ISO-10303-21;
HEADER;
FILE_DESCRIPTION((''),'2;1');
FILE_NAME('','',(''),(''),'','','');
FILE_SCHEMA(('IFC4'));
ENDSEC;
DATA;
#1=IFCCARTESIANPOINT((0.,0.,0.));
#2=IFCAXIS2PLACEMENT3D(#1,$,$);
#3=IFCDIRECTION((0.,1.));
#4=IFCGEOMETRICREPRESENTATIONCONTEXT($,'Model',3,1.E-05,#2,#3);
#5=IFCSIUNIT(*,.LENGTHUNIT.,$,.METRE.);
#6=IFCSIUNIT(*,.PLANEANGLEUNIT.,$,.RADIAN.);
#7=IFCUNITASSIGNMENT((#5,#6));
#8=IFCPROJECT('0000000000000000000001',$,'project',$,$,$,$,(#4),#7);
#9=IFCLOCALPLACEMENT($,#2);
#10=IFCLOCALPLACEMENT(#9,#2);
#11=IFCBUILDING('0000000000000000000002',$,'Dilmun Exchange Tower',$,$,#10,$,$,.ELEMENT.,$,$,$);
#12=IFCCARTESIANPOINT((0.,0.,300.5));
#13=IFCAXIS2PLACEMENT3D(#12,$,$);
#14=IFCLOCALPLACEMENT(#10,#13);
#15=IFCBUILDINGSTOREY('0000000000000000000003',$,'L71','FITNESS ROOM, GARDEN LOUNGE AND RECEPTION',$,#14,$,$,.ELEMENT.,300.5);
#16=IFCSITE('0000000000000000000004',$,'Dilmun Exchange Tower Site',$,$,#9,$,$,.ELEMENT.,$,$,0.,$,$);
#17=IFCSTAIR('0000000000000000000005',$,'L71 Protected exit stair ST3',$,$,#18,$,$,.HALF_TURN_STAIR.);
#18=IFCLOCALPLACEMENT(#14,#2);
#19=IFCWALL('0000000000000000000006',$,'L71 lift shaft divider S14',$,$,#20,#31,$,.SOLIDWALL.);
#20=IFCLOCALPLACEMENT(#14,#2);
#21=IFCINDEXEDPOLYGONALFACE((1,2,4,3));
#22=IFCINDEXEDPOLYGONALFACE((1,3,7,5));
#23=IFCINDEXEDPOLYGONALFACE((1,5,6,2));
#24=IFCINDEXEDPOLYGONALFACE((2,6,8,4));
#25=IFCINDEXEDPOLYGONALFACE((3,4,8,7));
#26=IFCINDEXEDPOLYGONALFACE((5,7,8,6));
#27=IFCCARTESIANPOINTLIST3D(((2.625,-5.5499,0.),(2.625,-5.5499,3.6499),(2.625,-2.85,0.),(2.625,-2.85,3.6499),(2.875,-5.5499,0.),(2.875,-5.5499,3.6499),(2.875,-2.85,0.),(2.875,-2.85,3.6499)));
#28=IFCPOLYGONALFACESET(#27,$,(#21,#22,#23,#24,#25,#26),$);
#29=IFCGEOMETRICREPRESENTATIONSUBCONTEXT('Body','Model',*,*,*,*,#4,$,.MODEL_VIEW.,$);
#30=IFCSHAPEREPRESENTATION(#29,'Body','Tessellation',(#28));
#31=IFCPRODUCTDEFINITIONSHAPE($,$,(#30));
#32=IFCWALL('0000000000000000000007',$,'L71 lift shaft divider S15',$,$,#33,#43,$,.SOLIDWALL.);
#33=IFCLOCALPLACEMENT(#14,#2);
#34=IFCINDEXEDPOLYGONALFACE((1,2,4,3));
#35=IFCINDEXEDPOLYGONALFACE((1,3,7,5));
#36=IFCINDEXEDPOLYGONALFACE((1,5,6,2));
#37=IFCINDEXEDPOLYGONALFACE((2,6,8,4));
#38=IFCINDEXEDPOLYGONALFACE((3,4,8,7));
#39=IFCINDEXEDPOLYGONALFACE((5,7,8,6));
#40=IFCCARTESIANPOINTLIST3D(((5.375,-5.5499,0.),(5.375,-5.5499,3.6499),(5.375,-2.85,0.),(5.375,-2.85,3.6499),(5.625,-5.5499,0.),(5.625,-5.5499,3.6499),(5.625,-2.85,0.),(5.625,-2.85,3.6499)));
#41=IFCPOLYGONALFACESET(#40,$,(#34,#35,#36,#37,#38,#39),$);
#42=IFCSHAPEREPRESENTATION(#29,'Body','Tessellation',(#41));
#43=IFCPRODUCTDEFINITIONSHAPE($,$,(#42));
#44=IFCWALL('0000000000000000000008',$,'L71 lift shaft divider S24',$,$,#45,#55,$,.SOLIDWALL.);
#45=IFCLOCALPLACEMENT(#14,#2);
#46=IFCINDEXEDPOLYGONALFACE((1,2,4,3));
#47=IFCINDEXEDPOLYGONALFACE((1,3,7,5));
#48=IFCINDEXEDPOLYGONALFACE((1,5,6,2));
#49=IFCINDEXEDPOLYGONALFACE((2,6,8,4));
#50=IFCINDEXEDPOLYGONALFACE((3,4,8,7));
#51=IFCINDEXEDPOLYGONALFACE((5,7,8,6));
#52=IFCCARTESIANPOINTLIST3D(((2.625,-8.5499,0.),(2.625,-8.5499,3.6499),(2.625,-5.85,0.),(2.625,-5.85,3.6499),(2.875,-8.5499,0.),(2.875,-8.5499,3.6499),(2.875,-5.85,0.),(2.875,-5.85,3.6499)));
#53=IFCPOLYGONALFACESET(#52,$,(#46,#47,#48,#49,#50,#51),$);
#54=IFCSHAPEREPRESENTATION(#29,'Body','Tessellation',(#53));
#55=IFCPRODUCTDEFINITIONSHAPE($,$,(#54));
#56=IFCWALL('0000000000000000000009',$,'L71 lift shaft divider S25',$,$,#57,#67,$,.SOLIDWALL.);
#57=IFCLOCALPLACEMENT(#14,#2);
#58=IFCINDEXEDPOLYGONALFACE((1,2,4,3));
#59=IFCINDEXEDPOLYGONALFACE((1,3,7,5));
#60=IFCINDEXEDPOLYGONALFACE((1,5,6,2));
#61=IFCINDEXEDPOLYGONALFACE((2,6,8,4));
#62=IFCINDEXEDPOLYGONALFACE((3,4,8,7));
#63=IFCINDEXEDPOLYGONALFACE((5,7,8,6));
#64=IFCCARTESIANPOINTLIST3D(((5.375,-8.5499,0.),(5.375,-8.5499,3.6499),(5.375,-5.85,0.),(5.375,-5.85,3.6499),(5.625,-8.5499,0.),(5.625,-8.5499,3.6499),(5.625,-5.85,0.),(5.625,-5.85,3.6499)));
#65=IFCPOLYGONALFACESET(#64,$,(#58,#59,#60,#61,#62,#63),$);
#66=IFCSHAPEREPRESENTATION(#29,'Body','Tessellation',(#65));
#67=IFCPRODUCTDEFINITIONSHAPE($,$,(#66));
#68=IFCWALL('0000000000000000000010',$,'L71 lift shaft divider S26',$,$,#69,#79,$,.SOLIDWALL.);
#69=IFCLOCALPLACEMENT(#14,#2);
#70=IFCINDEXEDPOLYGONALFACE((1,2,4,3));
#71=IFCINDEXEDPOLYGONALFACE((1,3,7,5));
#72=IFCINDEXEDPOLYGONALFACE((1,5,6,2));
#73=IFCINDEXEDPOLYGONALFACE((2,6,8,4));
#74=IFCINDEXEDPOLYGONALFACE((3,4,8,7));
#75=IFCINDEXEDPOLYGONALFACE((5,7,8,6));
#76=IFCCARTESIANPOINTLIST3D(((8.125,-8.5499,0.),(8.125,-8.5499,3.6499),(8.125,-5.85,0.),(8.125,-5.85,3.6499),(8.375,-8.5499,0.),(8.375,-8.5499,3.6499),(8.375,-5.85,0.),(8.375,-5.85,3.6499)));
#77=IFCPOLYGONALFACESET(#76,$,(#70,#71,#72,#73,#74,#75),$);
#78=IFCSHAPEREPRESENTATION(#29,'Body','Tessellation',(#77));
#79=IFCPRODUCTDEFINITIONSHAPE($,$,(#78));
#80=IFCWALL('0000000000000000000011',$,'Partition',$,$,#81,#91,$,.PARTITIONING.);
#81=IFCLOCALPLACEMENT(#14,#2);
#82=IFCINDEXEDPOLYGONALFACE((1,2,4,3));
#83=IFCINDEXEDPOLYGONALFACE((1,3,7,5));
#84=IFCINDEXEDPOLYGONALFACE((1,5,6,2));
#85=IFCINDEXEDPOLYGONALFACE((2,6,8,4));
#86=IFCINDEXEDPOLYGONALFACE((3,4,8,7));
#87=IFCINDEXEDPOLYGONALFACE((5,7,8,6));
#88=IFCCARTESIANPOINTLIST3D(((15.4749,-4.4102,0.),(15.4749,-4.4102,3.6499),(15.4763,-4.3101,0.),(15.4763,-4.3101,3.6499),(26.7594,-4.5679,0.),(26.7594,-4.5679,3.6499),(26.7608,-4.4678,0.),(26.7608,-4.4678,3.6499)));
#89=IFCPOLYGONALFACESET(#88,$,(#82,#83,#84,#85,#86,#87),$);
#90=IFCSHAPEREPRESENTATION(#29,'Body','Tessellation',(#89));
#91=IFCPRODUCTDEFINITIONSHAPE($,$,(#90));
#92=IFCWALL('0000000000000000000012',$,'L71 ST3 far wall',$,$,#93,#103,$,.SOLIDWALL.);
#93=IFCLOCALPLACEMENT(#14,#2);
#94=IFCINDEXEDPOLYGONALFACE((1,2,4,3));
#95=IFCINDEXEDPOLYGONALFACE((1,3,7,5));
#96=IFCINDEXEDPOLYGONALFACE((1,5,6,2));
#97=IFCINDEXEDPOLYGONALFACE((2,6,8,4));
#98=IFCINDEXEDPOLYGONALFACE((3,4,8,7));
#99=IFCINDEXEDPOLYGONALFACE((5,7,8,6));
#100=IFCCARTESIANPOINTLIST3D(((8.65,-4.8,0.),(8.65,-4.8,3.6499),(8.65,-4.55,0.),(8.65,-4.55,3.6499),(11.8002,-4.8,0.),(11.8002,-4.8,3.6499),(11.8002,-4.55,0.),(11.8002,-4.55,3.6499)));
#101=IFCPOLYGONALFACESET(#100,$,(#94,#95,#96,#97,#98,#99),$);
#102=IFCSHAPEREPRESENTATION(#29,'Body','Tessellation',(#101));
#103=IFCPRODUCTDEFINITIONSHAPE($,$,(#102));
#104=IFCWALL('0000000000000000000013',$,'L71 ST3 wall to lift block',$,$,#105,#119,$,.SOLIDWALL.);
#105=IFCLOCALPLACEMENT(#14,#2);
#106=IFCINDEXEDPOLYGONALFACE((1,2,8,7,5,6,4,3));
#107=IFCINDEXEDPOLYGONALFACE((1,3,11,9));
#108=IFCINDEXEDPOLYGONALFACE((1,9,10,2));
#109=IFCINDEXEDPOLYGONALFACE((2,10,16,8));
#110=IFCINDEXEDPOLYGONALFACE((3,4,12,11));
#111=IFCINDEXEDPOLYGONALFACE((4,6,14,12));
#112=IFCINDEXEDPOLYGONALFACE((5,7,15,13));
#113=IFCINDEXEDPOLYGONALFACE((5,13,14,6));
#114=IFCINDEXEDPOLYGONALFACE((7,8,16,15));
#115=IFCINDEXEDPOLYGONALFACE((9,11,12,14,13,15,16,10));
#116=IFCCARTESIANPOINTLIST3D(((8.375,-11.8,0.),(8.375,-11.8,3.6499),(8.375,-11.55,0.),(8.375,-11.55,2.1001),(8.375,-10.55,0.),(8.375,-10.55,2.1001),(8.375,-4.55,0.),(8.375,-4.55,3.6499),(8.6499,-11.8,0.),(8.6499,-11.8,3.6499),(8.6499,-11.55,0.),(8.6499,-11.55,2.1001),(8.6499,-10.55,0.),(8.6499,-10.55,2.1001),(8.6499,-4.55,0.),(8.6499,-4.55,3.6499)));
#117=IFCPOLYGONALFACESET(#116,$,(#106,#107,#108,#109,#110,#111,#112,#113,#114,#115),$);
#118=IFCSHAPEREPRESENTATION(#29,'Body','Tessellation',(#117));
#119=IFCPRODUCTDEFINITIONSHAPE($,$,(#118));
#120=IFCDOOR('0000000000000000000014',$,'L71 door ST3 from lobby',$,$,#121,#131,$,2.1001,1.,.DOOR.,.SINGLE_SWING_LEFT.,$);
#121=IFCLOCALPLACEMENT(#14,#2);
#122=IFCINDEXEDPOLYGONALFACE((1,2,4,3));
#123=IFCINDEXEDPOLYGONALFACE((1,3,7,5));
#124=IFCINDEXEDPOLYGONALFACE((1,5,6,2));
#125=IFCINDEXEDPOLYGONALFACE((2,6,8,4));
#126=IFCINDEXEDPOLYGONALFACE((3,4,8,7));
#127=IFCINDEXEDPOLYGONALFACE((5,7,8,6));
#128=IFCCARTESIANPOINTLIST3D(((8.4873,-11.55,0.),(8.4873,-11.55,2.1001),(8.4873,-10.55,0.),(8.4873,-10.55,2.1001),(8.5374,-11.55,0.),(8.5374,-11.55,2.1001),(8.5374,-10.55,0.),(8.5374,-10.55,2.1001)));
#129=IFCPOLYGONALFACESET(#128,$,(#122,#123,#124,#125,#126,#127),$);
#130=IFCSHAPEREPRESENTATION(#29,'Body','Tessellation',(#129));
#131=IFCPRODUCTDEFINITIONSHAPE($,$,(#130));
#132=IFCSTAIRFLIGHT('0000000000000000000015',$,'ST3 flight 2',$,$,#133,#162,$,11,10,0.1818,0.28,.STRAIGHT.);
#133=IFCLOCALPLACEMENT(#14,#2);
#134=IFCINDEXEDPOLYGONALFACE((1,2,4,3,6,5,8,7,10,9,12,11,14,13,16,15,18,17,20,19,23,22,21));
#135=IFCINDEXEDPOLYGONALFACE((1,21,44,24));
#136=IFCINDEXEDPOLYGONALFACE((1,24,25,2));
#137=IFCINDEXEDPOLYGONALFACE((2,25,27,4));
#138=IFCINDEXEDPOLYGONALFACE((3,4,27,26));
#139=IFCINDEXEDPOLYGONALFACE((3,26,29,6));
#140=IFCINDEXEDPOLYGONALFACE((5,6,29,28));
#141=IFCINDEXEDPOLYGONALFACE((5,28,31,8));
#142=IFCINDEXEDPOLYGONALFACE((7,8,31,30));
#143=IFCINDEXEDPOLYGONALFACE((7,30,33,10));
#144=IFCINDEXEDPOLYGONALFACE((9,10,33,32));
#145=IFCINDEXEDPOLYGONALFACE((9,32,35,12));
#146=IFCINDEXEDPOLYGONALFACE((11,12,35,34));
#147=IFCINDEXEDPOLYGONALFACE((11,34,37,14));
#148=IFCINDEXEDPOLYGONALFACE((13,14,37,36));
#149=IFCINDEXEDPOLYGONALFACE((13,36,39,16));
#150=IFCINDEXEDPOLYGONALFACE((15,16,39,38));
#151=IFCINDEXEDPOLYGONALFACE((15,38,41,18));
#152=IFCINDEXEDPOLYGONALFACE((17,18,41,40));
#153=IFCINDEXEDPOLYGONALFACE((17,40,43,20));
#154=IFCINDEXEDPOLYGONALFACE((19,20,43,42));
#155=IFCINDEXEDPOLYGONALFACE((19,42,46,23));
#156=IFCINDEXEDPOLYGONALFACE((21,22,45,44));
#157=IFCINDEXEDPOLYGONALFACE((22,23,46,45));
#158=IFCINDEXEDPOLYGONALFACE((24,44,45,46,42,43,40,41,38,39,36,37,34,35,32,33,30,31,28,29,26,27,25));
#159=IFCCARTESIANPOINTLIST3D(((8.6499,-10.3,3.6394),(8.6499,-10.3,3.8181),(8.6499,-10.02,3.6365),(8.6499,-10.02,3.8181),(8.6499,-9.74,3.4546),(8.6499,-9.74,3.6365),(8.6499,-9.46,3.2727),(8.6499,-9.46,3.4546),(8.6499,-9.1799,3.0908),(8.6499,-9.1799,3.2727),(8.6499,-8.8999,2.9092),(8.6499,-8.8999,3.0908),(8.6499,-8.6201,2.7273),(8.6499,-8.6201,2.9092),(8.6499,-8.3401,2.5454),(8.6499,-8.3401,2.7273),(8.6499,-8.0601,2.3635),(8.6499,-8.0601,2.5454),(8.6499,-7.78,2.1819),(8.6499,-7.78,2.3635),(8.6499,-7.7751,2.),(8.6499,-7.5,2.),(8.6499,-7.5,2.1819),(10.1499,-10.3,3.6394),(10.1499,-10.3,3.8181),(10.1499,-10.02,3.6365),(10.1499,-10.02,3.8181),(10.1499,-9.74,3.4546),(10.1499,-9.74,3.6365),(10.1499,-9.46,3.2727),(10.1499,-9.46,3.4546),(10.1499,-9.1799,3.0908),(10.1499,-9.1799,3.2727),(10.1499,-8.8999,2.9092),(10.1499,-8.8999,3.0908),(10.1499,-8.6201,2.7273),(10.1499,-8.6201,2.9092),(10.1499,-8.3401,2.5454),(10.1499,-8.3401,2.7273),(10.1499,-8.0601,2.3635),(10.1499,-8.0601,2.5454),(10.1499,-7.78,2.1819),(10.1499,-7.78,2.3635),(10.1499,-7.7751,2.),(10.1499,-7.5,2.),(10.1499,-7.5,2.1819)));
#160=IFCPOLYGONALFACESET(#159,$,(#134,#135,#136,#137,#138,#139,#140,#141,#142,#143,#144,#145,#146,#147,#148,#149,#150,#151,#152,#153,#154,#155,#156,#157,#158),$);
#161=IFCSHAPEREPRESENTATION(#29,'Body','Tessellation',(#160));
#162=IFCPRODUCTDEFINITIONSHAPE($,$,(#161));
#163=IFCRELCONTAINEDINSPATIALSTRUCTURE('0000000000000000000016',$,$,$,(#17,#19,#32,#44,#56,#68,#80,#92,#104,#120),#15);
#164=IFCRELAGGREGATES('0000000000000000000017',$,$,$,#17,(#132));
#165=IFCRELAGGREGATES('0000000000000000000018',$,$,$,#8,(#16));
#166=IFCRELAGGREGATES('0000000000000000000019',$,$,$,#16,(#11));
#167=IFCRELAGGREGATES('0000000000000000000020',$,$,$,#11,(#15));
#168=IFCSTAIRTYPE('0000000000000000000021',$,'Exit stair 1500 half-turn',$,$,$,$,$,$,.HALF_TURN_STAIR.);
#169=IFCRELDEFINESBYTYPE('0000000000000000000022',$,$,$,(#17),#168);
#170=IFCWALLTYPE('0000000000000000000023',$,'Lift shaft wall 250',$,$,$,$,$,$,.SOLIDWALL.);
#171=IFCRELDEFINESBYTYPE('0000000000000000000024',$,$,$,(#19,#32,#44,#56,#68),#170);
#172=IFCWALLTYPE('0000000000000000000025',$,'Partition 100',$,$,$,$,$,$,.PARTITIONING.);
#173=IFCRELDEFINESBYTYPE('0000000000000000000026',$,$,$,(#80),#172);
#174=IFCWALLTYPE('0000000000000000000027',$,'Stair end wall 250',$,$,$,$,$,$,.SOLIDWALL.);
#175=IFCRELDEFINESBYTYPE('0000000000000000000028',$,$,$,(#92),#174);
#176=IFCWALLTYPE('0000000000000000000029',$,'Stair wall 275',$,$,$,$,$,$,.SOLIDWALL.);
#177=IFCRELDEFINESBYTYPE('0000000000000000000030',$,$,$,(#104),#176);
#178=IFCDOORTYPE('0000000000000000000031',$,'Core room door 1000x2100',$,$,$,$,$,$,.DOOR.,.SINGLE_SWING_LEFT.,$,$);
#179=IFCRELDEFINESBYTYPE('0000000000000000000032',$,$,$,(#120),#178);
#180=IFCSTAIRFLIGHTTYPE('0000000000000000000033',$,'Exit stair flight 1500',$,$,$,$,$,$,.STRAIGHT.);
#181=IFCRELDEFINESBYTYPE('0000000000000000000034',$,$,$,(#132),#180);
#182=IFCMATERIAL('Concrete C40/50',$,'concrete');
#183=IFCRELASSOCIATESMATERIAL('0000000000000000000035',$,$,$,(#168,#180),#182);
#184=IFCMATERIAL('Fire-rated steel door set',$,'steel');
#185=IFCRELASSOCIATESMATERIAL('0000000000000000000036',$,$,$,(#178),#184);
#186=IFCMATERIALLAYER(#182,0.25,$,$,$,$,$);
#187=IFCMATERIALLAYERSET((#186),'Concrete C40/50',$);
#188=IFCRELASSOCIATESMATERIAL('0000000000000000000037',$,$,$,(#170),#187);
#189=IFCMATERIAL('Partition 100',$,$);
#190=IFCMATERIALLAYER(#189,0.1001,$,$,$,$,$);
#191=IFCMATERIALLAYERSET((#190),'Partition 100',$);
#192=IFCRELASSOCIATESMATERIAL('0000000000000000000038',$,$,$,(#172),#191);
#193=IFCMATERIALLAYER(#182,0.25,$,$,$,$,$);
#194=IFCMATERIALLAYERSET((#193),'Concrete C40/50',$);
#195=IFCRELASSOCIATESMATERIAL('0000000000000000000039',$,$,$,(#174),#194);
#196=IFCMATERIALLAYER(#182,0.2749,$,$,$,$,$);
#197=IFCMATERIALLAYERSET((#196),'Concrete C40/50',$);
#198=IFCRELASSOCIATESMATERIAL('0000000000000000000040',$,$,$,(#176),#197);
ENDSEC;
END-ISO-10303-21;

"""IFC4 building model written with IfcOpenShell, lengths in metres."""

from ifc_helpers import new_model, si_unit, direction, frame, frame_2d, origin, place, context, subcontext, project, spatial, polyline, rectangle, outline, extrude, material, layer, layer_set, type_object, element, fill, aggregate, save


model = new_model("IFC4")

# Units and contexts
model_context = context("Model", 3, precision=1e-05, world=origin(), true_north=direction((0.0, 1.0)))
body_context = subcontext(model_context, "Body", "Model", "MODEL_VIEW")
ifc_project = project(units=[si_unit("LENGTHUNIT", "METRE"), si_unit("PLANEANGLEUNIT", "RADIAN")], contexts=[model_context])

# Site, building, storey
site_placement = place(None, origin())
site = spatial("IfcSite", under=ifc_project, at=site_placement, Name="Dilmun Exchange Tower Site", CompositionType="ELEMENT", RefElevation=0.0)
building_placement = place(site_placement, origin())
building = spatial("IfcBuilding", under=site, at=building_placement, Name="Dilmun Exchange Tower", CompositionType="ELEMENT")
storey_placement = place(building_placement, frame((0.0, 0.0, 300.5)))
storey = spatial("IfcBuildingStorey", under=building, at=storey_placement, Name="L71", Description="FITNESS ROOM, GARDEN LOUNGE AND RECEPTION", CompositionType="ELEMENT", Elevation=300.5)

# Shared definitions
ifc_material_1 = material(Name="Concrete C40/50", Category="concrete")

# Stair
stair_type = type_object("IfcStairType", Name="Exit stair 1500 half-turn", PredefinedType="HALF_TURN_STAIR", material=ifc_material_1)
stair_1_placement = place(storey_placement, origin())
stair_1 = element("IfcStair", 1, at=stair_1_placement, inside=storey, type_object=stair_type, Name="L71 Protected exit stair ST3", PredefinedType="HALF_TURN_STAIR")

# Shared definitions
ifc_material_2 = material(Name="Fire-rated steel door set", Category="steel")
door_type_1 = type_object("IfcDoorType", Name="Core room door 1000x2100", OperationType="SINGLE_SWING_LEFT", PredefinedType="DOOR", material=ifc_material_2)

# Walls
ifc_layer_1 = layer(ifc_material_1, 0.25)
ifc_layer_set_1 = layer_set([ifc_layer_1], Name="Concrete C40/50")
wall_type_1 = type_object("IfcWallType", Name="Lift shaft wall 250", PredefinedType="SOLIDWALL", material=ifc_layer_set_1)
for number, where, z_axis, x_axis, name in (
    (2, (2.75, -5.55, 0.0), (0.0, 0.0, 1.0), (0.0, 1.0, 0.0), "L71 lift shaft divider S14"),
    (3, (5.5, -5.55, 0.0), (0.0, 0.0, 1.0), (0.0, 1.0, 0.0), "L71 lift shaft divider S15"),
    (4, (2.75, -8.55, 0.0), (0.0, 0.0, 1.0), (0.0, 1.0, 0.0), "L71 lift shaft divider S24"),
    (5, (5.5, -8.55, 0.0), (0.0, 0.0, 1.0), (0.0, 1.0, 0.0), "L71 lift shaft divider S25"),
    (6, (8.25, -8.55, 0.0), (0.0, 0.0, 1.0), (0.0, 1.0, 0.0), "L71 lift shaft divider S26"),
):
    element("IfcWall", number, at=place(storey_placement, frame(where, z_axis=z_axis, x_axis=x_axis)), inside=storey, type_object=wall_type_1, Name=name, PredefinedType="SOLIDWALL", context=body_context, shape_type="SweptSolid", body=[
        extrude(rectangle(XDim=2.7, YDim=0.25, at=frame_2d((1.3501, 0.0))), origin(), (0.0, 0.0, 1.0), 3.6499),
    ])
ifc_material_3 = material(Name="Partition 100")
ifc_layer_2 = layer(ifc_material_3, 0.1001)
ifc_layer_set_2 = layer_set([ifc_layer_2], Name="Partition 100")
wall_type_2 = type_object("IfcWallType", Name="Partition 100", PredefinedType="PARTITIONING", material=ifc_layer_set_2)
wall_1_placement = place(storey_placement, frame((15.4756, -4.3601, 0.0), z_axis=(0.0, 0.0, 1.0), x_axis=(0.999902, -0.013975, 0.0)))
element("IfcWall", 7, at=wall_1_placement, inside=storey, type_object=wall_type_2, Name="Partition", PredefinedType="PARTITIONING", context=body_context, shape_type="SweptSolid", body=[
    extrude(rectangle(XDim=11.2856, YDim=0.1001, at=frame_2d((5.6428, 0.0))), origin(), (0.0, 0.0, 1.0), 3.6499),
])
ifc_layer_3 = layer(ifc_material_1, 0.25)
ifc_layer_set_3 = layer_set([ifc_layer_3], Name="Concrete C40/50")
wall_type_3 = type_object("IfcWallType", Name="Stair end wall 250", PredefinedType="SOLIDWALL", material=ifc_layer_set_3)
wall_2_placement = place(storey_placement, frame((8.6499, -4.675, 0.0), z_axis=(0.0, 0.0, 1.0), x_axis=(1.0, 0.0, 0.0)))
element("IfcWall", 8, at=wall_2_placement, inside=storey, type_object=wall_type_3, Name="L71 ST3 far wall", PredefinedType="SOLIDWALL", context=body_context, shape_type="SweptSolid", body=[
    extrude(rectangle(XDim=3.1501, YDim=0.25, at=frame_2d((1.5752, 0.0))), origin(), (0.0, 0.0, 1.0), 3.6499),
])

# Wall, opening, door
ifc_layer_4 = layer(ifc_material_1, 0.2749)
ifc_layer_set_4 = layer_set([ifc_layer_4], Name="Concrete C40/50")
wall_type_4 = type_object("IfcWallType", Name="Stair wall 275", PredefinedType="SOLIDWALL", material=ifc_layer_set_4)
wall_3_placement = place(storey_placement, frame((8.5125, -4.55, 0.0), z_axis=(0.0, 0.0, 1.0), x_axis=(0.0, -1.0, 0.0)))
wall_3 = element("IfcWall", 9, at=wall_3_placement, inside=storey, type_object=wall_type_4, Name="L71 ST3 wall to lift block", PredefinedType="SOLIDWALL", context=body_context, shape_type="SweptSolid", body=[
    extrude(rectangle(XDim=7.25, YDim=0.2749, at=frame_2d((3.625, 0.0))), origin(), (0.0, 0.0, 1.0), 3.6499),
])
opening_1_placement = place(wall_3_placement, frame((6.0, 0.0, 0.0)))
opening_1 = element("IfcOpeningElement", 10, at=opening_1_placement, cuts=wall_3, PredefinedType="OPENING", context=body_context, shape_type="SweptSolid", body=[
    extrude(rectangle(XDim=1.0, YDim=2.1001, at=frame_2d((0.5, 1.05))), frame((0.0, 0.1475, 0.0), z_axis=(0.0, -1.0, 0.0), x_axis=(1.0, 0.0, 0.0)), (0.0, 0.0, 1.0), 0.2949),
])
door_1_placement = place(opening_1_placement, origin())
door_1 = element("IfcDoor", 11, at=door_1_placement, inside=storey, type_object=door_type_1, Name="L71 door ST3 from lobby", OperationType="SINGLE_SWING_LEFT", OverallHeight=2.1001, OverallWidth=1.0, PredefinedType="DOOR", context=body_context, shape_type="SweptSolid", body=[
    extrude(rectangle(XDim=1.0, YDim=2.1001, at=frame_2d((0.5, 1.05))), frame((0.0, 0.0249, 0.0), z_axis=(0.0, -1.0, 0.0), x_axis=(1.0, 0.0, 0.0)), (0.0, 0.0, 1.0), 0.05),
])
fill(opening_1, door_1)

# Stair flight
stair_flight_type = type_object("IfcStairFlightType", Name="Exit stair flight 1500", PredefinedType="STRAIGHT", material=ifc_material_1)
stair_flight_placement = place(storey_placement, frame((9.3999, -7.5, 2.0), z_axis=(0.0, 0.0, 1.0), x_axis=(0.0, -1.0, 0.0)))
stair_flight = element("IfcStairFlight", 12, at=stair_flight_placement, type_object=stair_flight_type, Name="ST3 flight 2", NumberOfRisers=11, NumberOfTreads=10, PredefinedType="STRAIGHT", RiserHeight=0.1818, TreadLength=0.28, context=body_context, shape_type="SweptSolid", body=[
    extrude(outline(polyline([(0.0, 0.0), (0.0, 0.1819), (0.28, 0.1819), (0.28, 0.3635), (0.5601, 0.3635), (0.5601, 0.5454), (0.8401, 0.5454), (0.8401, 0.7273), (1.1201, 0.7273), (1.1201, 0.9092), (1.3999, 0.9092), (1.3999, 1.0908), (1.6799, 1.0908), (1.6799, 1.2727), (1.96, 1.2727), (1.96, 1.4546), (2.24, 1.4546), (2.24, 1.6365), (2.52, 1.6365), (2.52, 1.8181), (2.8, 1.8181), (2.8, 2.0), (2.8, 1.6394), (0.2751, 0.0), (0.0, 0.0)])), frame((0.0, 0.75, 0.0), z_axis=(0.0, -1.0, 0.0), x_axis=(1.0, 0.0, 0.0)), (0.0, 0.0, 1.0), 1.5),
])
aggregate(stair_1, [stair_flight])

save(model, "model.ifc")
